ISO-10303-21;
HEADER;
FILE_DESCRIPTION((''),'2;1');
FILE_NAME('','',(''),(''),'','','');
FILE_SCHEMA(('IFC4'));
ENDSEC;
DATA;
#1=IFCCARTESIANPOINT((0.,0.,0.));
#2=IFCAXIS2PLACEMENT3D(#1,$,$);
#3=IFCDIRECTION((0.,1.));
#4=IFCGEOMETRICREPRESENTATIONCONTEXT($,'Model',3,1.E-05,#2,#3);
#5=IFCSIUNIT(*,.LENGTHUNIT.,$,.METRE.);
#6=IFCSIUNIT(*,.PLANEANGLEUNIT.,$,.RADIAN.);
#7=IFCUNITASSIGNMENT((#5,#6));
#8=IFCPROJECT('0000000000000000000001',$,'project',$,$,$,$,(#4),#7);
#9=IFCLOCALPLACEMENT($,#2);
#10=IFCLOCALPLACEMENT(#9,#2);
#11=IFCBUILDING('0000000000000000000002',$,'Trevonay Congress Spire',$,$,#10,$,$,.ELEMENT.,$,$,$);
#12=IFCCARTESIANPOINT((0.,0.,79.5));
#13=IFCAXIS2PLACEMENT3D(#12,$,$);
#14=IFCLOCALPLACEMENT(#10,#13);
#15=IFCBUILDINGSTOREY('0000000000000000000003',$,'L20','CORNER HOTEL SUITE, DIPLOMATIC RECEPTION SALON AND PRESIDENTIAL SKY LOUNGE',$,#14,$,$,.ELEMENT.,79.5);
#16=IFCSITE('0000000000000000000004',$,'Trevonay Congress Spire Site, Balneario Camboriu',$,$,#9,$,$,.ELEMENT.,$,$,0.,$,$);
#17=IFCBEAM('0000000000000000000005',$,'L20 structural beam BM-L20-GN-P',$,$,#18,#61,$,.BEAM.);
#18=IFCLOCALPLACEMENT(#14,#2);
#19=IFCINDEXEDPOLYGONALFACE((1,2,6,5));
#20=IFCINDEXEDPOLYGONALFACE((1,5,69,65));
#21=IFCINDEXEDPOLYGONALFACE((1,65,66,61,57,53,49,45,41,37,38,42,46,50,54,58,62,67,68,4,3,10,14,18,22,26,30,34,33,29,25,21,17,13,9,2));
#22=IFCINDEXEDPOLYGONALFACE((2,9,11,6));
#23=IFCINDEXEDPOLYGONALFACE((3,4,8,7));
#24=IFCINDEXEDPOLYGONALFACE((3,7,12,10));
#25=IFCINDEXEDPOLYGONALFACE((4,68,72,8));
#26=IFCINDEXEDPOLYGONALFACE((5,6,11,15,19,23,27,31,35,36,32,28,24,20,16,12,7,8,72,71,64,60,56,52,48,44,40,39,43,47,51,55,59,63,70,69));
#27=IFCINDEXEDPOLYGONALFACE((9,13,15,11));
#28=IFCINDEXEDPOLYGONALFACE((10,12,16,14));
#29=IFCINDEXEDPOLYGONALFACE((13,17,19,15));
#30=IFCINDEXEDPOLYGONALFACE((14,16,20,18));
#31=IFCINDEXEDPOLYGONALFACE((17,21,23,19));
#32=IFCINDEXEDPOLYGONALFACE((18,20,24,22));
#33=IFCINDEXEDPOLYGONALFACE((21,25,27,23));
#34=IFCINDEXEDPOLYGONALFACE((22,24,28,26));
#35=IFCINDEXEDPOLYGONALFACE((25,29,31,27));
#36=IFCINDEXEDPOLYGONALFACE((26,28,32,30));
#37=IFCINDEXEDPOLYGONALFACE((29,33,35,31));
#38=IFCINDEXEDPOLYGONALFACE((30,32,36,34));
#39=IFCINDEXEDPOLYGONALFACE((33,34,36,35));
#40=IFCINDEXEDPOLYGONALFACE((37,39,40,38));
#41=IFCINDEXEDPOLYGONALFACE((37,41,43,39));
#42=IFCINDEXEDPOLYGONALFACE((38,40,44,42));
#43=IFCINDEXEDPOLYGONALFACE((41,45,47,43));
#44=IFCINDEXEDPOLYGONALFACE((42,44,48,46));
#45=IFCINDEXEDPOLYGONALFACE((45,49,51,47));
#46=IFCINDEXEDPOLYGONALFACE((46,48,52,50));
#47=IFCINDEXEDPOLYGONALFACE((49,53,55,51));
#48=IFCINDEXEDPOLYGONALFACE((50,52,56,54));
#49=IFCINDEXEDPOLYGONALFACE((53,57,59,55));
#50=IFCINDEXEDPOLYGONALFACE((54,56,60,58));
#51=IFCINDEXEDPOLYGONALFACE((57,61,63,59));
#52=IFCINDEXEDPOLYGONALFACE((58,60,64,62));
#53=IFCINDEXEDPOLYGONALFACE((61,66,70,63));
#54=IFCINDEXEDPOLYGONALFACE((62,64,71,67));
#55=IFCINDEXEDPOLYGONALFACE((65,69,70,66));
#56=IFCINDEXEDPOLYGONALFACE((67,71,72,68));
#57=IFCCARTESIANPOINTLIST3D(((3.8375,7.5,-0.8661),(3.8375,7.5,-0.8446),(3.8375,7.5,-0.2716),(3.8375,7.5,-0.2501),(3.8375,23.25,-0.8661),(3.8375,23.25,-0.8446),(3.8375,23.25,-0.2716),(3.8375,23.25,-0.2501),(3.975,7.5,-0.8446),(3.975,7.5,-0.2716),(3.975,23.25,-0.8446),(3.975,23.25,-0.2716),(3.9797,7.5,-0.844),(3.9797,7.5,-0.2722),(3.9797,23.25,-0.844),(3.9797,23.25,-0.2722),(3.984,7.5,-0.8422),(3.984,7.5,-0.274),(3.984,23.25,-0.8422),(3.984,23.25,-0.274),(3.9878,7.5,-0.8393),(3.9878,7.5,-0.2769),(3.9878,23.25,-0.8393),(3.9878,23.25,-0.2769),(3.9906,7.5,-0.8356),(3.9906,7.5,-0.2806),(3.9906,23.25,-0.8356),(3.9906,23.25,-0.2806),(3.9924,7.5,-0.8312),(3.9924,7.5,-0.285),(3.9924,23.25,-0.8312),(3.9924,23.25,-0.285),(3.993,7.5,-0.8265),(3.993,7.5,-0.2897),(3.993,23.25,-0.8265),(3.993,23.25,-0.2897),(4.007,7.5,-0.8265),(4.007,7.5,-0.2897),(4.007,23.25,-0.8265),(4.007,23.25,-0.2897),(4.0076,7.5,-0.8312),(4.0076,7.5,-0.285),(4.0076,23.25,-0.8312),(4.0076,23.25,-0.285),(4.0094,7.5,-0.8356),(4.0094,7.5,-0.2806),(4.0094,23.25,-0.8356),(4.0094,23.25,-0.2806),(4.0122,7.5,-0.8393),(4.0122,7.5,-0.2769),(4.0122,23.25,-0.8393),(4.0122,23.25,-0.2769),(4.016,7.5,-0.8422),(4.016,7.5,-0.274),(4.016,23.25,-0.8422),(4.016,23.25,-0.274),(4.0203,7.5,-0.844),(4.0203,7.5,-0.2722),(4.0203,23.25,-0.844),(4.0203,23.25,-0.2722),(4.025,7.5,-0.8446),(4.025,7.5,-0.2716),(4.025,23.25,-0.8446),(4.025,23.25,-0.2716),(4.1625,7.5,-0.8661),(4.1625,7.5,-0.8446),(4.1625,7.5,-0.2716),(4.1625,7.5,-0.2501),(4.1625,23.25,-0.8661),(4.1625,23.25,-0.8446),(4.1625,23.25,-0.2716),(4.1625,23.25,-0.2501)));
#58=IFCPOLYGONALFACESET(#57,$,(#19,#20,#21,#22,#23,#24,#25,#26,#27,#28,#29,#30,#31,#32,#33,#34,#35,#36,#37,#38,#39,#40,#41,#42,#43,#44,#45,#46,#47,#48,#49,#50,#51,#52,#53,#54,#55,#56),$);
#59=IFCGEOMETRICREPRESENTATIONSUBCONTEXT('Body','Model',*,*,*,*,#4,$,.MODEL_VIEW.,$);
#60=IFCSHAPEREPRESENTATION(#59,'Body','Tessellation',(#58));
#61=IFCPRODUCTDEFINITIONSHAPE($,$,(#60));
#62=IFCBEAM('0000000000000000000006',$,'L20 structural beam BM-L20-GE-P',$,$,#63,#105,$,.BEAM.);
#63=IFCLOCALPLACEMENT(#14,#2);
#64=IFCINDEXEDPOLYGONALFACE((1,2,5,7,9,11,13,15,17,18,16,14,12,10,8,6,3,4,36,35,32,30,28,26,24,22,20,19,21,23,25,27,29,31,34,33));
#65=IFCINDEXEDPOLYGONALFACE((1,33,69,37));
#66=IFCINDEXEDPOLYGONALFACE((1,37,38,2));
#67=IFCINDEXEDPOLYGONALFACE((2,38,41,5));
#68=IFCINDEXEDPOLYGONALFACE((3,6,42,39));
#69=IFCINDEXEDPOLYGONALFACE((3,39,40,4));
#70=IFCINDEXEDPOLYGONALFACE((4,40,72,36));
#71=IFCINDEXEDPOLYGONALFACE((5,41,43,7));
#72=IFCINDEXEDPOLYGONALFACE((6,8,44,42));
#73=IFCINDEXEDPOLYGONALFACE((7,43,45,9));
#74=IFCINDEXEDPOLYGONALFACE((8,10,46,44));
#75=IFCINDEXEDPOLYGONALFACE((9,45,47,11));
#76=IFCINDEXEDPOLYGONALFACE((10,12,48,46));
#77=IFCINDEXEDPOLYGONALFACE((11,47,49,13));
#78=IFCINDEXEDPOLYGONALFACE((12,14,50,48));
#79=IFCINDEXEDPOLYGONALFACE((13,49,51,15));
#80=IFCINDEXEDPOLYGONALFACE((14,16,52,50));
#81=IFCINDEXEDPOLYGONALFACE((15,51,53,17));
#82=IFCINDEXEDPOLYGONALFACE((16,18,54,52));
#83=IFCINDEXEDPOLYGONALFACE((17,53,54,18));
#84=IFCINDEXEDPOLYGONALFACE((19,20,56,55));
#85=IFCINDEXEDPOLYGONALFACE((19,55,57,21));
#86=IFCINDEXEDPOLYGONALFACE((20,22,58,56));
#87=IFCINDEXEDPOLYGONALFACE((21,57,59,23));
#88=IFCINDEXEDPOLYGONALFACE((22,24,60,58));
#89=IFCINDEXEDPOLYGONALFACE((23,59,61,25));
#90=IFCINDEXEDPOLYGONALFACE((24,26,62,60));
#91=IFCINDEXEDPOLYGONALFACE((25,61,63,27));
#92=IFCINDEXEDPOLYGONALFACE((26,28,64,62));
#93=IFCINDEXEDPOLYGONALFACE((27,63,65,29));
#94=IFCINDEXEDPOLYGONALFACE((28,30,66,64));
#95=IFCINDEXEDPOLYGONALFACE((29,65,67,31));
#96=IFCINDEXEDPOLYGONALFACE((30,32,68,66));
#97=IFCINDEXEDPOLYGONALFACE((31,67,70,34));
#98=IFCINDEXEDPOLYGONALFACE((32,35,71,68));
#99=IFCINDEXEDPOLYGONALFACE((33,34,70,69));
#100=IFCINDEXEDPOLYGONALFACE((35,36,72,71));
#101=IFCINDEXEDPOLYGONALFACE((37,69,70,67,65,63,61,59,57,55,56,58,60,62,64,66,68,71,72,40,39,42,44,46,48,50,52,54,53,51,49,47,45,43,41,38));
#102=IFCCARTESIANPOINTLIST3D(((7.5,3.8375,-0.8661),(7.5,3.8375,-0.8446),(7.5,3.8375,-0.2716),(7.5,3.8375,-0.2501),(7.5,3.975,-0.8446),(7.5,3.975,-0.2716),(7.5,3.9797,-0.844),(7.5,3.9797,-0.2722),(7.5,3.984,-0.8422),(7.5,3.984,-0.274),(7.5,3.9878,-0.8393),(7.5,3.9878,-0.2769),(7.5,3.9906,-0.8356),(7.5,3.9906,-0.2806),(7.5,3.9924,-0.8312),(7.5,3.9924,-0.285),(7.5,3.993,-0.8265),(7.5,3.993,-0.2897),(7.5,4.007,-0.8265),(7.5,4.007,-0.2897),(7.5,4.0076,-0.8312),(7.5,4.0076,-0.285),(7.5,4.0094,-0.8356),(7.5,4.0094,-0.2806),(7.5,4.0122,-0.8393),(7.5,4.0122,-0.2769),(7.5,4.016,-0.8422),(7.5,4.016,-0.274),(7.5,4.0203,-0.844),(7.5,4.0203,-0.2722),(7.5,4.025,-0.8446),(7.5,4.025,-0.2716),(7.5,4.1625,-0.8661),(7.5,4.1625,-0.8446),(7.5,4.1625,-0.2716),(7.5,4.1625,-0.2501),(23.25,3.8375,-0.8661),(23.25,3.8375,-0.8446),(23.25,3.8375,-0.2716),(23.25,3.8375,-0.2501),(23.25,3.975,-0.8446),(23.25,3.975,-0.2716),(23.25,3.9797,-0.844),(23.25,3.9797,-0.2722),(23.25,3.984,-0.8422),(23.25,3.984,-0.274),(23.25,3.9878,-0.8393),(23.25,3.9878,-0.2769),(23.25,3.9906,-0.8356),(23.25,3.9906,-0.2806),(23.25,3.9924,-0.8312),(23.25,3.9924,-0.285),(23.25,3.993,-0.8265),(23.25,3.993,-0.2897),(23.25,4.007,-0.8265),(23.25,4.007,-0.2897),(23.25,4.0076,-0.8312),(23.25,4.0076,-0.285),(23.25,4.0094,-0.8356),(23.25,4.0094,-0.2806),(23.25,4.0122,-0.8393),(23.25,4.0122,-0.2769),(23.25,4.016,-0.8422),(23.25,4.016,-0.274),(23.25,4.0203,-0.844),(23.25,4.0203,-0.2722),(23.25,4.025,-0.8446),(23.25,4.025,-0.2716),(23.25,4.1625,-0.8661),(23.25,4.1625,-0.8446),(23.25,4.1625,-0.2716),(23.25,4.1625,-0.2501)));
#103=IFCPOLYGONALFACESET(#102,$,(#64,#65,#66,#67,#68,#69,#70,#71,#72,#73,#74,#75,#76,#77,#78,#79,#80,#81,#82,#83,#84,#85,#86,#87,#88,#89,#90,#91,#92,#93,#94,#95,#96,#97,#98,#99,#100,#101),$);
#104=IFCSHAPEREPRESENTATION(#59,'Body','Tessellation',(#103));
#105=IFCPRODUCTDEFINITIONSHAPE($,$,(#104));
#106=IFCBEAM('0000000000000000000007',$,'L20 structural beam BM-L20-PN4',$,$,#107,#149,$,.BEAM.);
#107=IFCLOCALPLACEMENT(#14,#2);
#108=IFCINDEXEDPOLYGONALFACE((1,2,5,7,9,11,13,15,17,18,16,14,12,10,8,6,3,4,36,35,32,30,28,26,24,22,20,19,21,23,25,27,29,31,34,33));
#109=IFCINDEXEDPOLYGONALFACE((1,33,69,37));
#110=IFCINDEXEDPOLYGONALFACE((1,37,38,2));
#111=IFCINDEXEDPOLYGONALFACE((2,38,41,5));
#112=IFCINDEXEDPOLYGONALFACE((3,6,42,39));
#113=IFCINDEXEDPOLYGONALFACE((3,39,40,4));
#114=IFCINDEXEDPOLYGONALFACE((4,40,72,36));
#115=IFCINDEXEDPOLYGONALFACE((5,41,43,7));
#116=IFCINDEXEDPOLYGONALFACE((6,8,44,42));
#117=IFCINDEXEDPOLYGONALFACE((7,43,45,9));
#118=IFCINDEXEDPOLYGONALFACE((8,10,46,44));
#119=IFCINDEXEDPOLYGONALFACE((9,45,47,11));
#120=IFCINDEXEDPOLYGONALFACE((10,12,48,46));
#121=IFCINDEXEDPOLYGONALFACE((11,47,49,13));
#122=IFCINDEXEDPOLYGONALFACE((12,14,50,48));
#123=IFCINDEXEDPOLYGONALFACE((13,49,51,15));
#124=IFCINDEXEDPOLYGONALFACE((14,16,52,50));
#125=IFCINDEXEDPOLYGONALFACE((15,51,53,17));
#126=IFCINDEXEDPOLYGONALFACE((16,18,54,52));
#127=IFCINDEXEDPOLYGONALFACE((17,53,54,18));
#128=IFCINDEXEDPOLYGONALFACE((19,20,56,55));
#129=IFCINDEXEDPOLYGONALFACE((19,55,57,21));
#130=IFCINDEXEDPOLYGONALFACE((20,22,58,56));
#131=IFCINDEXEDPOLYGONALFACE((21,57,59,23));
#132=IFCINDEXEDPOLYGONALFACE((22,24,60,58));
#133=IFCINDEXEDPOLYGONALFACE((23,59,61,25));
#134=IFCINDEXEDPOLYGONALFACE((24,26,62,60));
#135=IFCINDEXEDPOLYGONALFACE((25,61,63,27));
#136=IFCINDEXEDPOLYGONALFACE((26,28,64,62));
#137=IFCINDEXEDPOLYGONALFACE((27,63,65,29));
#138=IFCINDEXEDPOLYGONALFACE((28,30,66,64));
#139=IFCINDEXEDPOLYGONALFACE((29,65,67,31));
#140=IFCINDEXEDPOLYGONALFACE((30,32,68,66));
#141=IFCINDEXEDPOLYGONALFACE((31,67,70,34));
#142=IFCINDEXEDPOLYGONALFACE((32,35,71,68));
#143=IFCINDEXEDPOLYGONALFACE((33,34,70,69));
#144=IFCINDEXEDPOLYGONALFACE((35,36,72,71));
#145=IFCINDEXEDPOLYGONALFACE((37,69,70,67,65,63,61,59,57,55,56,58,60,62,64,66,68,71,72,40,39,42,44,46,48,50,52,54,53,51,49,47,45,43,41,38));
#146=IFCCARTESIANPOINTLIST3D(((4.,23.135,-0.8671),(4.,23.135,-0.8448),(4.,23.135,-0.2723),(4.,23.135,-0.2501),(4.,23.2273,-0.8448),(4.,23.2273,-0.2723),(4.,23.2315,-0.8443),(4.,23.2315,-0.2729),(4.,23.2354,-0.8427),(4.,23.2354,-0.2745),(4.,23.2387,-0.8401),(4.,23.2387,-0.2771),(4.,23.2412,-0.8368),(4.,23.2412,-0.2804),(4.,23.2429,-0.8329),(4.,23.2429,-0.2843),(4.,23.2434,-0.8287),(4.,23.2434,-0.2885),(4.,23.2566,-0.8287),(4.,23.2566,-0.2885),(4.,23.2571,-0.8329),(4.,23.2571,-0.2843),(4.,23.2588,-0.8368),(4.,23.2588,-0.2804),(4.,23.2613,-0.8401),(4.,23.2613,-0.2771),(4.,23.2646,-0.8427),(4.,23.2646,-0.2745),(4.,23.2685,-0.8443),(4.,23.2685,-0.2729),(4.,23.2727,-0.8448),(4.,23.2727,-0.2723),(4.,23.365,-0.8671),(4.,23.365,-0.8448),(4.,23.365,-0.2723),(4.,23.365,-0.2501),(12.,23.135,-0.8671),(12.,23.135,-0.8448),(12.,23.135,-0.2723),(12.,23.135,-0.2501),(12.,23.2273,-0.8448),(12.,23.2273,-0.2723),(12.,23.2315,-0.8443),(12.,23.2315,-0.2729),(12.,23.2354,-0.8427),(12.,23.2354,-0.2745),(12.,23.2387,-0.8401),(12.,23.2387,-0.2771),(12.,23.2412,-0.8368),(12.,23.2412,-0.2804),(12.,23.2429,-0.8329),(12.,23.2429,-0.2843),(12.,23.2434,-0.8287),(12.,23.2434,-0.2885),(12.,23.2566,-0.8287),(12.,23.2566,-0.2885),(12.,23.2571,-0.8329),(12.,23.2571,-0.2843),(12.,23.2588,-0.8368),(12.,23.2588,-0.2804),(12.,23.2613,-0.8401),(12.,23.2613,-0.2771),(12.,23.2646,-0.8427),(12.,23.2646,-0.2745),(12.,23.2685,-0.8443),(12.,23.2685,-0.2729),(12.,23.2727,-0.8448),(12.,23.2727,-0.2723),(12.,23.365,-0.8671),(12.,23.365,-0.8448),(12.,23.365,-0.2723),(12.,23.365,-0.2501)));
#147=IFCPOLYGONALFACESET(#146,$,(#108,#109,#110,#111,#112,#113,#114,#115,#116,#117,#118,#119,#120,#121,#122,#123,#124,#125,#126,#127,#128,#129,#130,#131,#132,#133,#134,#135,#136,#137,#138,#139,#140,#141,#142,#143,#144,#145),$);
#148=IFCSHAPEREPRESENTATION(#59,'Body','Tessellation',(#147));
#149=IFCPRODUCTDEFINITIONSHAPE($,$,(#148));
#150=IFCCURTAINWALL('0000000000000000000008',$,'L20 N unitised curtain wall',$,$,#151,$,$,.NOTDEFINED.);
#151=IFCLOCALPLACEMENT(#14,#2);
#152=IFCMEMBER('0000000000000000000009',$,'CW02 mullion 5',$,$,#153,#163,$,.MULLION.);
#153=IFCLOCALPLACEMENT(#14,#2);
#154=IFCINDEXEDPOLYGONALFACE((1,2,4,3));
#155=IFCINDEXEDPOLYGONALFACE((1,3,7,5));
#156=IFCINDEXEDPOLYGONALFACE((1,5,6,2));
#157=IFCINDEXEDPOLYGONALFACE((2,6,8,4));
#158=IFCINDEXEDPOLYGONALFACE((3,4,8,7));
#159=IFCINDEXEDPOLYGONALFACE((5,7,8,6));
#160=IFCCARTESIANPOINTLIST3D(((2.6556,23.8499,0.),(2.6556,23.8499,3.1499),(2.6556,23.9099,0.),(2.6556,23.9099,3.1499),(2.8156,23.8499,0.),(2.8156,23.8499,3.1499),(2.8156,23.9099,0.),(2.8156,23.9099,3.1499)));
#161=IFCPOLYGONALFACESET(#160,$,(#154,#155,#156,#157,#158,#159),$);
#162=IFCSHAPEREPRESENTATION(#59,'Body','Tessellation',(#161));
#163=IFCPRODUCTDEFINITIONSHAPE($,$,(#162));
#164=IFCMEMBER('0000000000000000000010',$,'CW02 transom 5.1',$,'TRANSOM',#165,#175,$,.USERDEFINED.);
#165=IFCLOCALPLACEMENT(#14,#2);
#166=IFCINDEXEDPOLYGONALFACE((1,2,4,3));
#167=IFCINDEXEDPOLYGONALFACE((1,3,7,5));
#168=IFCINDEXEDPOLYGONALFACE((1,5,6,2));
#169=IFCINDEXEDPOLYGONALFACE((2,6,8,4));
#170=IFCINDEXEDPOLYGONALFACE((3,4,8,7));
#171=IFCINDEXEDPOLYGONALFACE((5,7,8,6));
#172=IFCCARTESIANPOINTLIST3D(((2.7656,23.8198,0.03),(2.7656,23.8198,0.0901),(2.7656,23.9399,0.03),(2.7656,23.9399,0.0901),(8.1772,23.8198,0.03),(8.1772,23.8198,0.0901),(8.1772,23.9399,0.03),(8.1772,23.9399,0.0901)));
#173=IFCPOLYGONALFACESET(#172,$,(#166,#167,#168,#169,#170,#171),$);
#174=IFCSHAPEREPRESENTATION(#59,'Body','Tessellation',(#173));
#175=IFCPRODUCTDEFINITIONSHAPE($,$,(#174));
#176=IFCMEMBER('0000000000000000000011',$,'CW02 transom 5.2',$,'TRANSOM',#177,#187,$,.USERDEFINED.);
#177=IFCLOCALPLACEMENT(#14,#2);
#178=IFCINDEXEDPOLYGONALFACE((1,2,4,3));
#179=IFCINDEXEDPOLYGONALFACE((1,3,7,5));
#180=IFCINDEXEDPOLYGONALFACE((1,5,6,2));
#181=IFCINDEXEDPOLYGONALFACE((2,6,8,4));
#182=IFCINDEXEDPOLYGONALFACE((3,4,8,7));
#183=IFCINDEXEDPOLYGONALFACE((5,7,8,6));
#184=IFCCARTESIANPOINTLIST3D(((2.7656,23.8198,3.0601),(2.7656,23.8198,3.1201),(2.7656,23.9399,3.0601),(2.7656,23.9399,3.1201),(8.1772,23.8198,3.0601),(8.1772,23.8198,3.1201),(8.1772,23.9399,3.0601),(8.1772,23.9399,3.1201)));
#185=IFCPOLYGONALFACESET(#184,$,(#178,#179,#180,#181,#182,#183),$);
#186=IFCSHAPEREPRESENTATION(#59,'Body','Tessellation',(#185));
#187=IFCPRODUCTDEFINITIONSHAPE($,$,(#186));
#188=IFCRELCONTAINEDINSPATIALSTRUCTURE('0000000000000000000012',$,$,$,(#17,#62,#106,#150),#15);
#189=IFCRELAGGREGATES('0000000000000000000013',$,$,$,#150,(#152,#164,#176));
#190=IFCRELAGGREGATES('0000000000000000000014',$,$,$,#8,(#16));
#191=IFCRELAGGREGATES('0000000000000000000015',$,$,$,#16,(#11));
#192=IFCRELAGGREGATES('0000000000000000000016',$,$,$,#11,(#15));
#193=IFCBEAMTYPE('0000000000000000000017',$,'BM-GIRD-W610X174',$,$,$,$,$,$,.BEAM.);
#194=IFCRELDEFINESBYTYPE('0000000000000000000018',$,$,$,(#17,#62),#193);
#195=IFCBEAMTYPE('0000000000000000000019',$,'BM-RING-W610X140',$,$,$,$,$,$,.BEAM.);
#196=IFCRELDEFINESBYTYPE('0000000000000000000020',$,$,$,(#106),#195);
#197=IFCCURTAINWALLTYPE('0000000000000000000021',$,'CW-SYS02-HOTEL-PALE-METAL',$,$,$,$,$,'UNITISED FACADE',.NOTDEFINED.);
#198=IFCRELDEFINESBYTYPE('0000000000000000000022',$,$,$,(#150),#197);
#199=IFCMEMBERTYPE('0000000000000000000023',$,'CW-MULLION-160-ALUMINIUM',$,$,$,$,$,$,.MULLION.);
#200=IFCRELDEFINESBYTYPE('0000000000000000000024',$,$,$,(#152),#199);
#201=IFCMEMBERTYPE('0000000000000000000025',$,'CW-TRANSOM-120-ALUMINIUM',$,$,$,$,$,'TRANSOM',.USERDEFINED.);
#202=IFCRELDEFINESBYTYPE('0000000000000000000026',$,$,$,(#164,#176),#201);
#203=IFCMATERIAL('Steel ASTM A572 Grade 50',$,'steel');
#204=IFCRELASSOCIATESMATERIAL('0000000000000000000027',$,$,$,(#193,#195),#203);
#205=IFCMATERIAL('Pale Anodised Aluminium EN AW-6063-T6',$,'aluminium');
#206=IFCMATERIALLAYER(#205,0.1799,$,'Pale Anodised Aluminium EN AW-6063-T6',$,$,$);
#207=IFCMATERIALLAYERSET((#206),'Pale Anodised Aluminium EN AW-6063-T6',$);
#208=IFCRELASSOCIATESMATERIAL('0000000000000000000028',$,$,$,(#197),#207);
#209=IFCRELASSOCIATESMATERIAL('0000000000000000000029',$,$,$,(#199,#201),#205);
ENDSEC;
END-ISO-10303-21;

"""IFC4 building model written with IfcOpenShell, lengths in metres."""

from ifc_helpers import new_model, si_unit, direction, frame, origin, origin_2d, place, context, subcontext, project, spatial, rectangle, i_section, extrude, material, layer, layer_set, material_profile, profile_set, type_object, element, aggregate, save


model = new_model("IFC4")

# Units and contexts
model_context = context("Model", 3, precision=1e-05, world=origin(), true_north=direction((0.0, 1.0)))
body_context = subcontext(model_context, "Body", "Model", "MODEL_VIEW")
ifc_project = project(units=[si_unit("LENGTHUNIT", "METRE"), si_unit("PLANEANGLEUNIT", "RADIAN")], contexts=[model_context])

# Site, building, storey
site_placement = place(None, origin())
site = spatial("IfcSite", under=ifc_project, at=site_placement, Name="Trevonay Congress Spire Site, Balneario Camboriu", CompositionType="ELEMENT", RefElevation=0.0)
building_placement = place(site_placement, origin())
building = spatial("IfcBuilding", under=site, at=building_placement, Name="Trevonay Congress Spire", CompositionType="ELEMENT")
storey_placement = place(building_placement, frame((0.0, 0.0, 79.5)))
storey = spatial("IfcBuildingStorey", under=building, at=storey_placement, Name="L20", Description="CORNER HOTEL SUITE, DIPLOMATIC RECEPTION SALON AND PRESIDENTIAL SKY LOUNGE", CompositionType="ELEMENT", Elevation=79.5)

# Shared definitions
ifc_material_1 = material(Name="Steel ASTM A572 Grade 50", Category="steel")

# Beams
ifc_material_profile_1 = material_profile(ifc_material_1, i_section(OverallWidth=0.325, OverallDepth=0.616, WebThickness=0.0139, FlangeThickness=0.0215, FilletRadius=0.0181, at=origin_2d()), Name="W610x174")
ifc_profile_set_1 = profile_set([ifc_material_profile_1], Name="Steel ASTM A572 Grade 50")
beam_type_1 = type_object("IfcBeamType", Name="BM-GIRD-W610X174", PredefinedType="BEAM", material=ifc_profile_set_1)
for number, where, z_axis, x_axis, name in (
    (1, (4.0, 7.5, -0.5581), (0.0, 1.0, 0.0), (-1.0, 0.0, 0.0), "L20 structural beam BM-L20-GN-P"),
    (2, (7.5, 4.0, -0.5581), (1.0, 0.0, 0.0), (0.0, 1.0, 0.0), "L20 structural beam BM-L20-GE-P"),
):
    element("IfcBeam", number, at=place(storey_placement, frame(where, z_axis=z_axis, x_axis=x_axis)), inside=storey, type_object=beam_type_1, Name=name, PredefinedType="BEAM", context=body_context, shape_type="SweptSolid", body=[
        extrude(i_section(OverallWidth=0.325, OverallDepth=0.616, WebThickness=0.0139, FlangeThickness=0.0215, FilletRadius=0.0181, at=origin_2d()), origin(), (0.0, 0.0, 1.0), 15.75),
    ])
ifc_material_profile_2 = material_profile(ifc_material_1, i_section(OverallWidth=0.23, OverallDepth=0.6169, WebThickness=0.0132, FlangeThickness=0.0222, FilletRadius=0.0161, at=origin_2d()), Name="W610x140")
ifc_profile_set_2 = profile_set([ifc_material_profile_2], Name="Steel ASTM A572 Grade 50")
beam_type_2 = type_object("IfcBeamType", Name="BM-RING-W610X140", PredefinedType="BEAM", material=ifc_profile_set_2)
beam_1_placement = place(storey_placement, frame((4.0, 23.25, -0.5586), z_axis=(1.0, 0.0, 0.0), x_axis=(0.0, 1.0, 0.0)))
element("IfcBeam", 3, at=beam_1_placement, inside=storey, type_object=beam_type_2, Name="L20 structural beam BM-L20-PN4", PredefinedType="BEAM", context=body_context, shape_type="SweptSolid", body=[
    extrude(i_section(OverallWidth=0.23, OverallDepth=0.6169, WebThickness=0.0132, FlangeThickness=0.0222, FilletRadius=0.0161, at=origin_2d()), origin(), (0.0, 0.0, 1.0), 8.0),
])

# Curtain wall, members
ifc_material_2 = material(Name="Pale Anodised Aluminium EN AW-6063-T6", Category="aluminium")
ifc_layer_1 = layer(ifc_material_2, 0.1799, Name="Pale Anodised Aluminium EN AW-6063-T6")
ifc_layer_set_1 = layer_set([ifc_layer_1], Name="Pale Anodised Aluminium EN AW-6063-T6")
curtain_wall_type = type_object("IfcCurtainWallType", Name="CW-SYS02-HOTEL-PALE-METAL", ElementType="UNITISED FACADE", PredefinedType="NOTDEFINED", material=ifc_layer_set_1)
curtain_wall_placement = place(storey_placement, origin())
curtain_wall = element("IfcCurtainWall", 4, at=curtain_wall_placement, inside=storey, type_object=curtain_wall_type, Name="L20 N unitised curtain wall", PredefinedType="NOTDEFINED")
ifc_material_profile_3 = material_profile(ifc_material_2, rectangle(XDim=0.0601, YDim=0.1599, at=origin_2d()), Name="CW-MULLION-160-ALUMINIUM")
ifc_profile_set_3 = profile_set([ifc_material_profile_3], Name="Pale Anodised Aluminium EN AW-6063-T6")
member_type_1 = type_object("IfcMemberType", Name="CW-MULLION-160-ALUMINIUM", PredefinedType="MULLION", material=ifc_profile_set_3)
member_1_placement = place(storey_placement, frame((2.7356, 23.8799, 0.0), z_axis=(0.0, 0.0, 1.0), x_axis=(0.0, 1.0, 0.0)))
member_1 = element("IfcMember", 5, at=member_1_placement, type_object=member_type_1, Name="CW02 mullion 5", PredefinedType="MULLION", context=body_context, shape_type="SweptSolid", body=[
    extrude(rectangle(XDim=0.0601, YDim=0.1599, at=origin_2d()), origin(), (0.0, 0.0, 1.0), 3.1499),
])
ifc_material_profile_4 = material_profile(ifc_material_2, rectangle(XDim=0.1201, YDim=0.0601, at=origin_2d()), Name="CW-TRANSOM-120-ALUMINIUM")
ifc_profile_set_4 = profile_set([ifc_material_profile_4], Name="Pale Anodised Aluminium EN AW-6063-T6")
member_type_2 = type_object("IfcMemberType", Name="CW-TRANSOM-120-ALUMINIUM", ElementType="TRANSOM", PredefinedType="USERDEFINED", material=ifc_profile_set_4)
member_2_placement = place(storey_placement, frame((2.7656, 23.8799, 0.0601), z_axis=(1.0, 0.0, 0.0), x_axis=(0.0, 1.0, 0.0)))
member_2 = element("IfcMember", 6, at=member_2_placement, type_object=member_type_2, Name="CW02 transom 5.1", ObjectType="TRANSOM", PredefinedType="USERDEFINED", context=body_context, shape_type="SweptSolid", body=[
    extrude(rectangle(XDim=0.1201, YDim=0.0601, at=origin_2d()), origin(), (0.0, 0.0, 1.0), 5.4116),
])
member_3_placement = place(storey_placement, frame((2.7656, 23.8799, 3.0901), z_axis=(1.0, 0.0, 0.0), x_axis=(0.0, 1.0, 0.0)))
member_3 = element("IfcMember", 7, at=member_3_placement, type_object=member_type_2, Name="CW02 transom 5.2", ObjectType="TRANSOM", PredefinedType="USERDEFINED", context=body_context, shape_type="SweptSolid", body=[
    extrude(rectangle(XDim=0.1201, YDim=0.0601, at=origin_2d()), origin(), (0.0, 0.0, 1.0), 5.4116),
])
aggregate(curtain_wall, [member_1, member_2, member_3])

save(model, "model.ifc")
